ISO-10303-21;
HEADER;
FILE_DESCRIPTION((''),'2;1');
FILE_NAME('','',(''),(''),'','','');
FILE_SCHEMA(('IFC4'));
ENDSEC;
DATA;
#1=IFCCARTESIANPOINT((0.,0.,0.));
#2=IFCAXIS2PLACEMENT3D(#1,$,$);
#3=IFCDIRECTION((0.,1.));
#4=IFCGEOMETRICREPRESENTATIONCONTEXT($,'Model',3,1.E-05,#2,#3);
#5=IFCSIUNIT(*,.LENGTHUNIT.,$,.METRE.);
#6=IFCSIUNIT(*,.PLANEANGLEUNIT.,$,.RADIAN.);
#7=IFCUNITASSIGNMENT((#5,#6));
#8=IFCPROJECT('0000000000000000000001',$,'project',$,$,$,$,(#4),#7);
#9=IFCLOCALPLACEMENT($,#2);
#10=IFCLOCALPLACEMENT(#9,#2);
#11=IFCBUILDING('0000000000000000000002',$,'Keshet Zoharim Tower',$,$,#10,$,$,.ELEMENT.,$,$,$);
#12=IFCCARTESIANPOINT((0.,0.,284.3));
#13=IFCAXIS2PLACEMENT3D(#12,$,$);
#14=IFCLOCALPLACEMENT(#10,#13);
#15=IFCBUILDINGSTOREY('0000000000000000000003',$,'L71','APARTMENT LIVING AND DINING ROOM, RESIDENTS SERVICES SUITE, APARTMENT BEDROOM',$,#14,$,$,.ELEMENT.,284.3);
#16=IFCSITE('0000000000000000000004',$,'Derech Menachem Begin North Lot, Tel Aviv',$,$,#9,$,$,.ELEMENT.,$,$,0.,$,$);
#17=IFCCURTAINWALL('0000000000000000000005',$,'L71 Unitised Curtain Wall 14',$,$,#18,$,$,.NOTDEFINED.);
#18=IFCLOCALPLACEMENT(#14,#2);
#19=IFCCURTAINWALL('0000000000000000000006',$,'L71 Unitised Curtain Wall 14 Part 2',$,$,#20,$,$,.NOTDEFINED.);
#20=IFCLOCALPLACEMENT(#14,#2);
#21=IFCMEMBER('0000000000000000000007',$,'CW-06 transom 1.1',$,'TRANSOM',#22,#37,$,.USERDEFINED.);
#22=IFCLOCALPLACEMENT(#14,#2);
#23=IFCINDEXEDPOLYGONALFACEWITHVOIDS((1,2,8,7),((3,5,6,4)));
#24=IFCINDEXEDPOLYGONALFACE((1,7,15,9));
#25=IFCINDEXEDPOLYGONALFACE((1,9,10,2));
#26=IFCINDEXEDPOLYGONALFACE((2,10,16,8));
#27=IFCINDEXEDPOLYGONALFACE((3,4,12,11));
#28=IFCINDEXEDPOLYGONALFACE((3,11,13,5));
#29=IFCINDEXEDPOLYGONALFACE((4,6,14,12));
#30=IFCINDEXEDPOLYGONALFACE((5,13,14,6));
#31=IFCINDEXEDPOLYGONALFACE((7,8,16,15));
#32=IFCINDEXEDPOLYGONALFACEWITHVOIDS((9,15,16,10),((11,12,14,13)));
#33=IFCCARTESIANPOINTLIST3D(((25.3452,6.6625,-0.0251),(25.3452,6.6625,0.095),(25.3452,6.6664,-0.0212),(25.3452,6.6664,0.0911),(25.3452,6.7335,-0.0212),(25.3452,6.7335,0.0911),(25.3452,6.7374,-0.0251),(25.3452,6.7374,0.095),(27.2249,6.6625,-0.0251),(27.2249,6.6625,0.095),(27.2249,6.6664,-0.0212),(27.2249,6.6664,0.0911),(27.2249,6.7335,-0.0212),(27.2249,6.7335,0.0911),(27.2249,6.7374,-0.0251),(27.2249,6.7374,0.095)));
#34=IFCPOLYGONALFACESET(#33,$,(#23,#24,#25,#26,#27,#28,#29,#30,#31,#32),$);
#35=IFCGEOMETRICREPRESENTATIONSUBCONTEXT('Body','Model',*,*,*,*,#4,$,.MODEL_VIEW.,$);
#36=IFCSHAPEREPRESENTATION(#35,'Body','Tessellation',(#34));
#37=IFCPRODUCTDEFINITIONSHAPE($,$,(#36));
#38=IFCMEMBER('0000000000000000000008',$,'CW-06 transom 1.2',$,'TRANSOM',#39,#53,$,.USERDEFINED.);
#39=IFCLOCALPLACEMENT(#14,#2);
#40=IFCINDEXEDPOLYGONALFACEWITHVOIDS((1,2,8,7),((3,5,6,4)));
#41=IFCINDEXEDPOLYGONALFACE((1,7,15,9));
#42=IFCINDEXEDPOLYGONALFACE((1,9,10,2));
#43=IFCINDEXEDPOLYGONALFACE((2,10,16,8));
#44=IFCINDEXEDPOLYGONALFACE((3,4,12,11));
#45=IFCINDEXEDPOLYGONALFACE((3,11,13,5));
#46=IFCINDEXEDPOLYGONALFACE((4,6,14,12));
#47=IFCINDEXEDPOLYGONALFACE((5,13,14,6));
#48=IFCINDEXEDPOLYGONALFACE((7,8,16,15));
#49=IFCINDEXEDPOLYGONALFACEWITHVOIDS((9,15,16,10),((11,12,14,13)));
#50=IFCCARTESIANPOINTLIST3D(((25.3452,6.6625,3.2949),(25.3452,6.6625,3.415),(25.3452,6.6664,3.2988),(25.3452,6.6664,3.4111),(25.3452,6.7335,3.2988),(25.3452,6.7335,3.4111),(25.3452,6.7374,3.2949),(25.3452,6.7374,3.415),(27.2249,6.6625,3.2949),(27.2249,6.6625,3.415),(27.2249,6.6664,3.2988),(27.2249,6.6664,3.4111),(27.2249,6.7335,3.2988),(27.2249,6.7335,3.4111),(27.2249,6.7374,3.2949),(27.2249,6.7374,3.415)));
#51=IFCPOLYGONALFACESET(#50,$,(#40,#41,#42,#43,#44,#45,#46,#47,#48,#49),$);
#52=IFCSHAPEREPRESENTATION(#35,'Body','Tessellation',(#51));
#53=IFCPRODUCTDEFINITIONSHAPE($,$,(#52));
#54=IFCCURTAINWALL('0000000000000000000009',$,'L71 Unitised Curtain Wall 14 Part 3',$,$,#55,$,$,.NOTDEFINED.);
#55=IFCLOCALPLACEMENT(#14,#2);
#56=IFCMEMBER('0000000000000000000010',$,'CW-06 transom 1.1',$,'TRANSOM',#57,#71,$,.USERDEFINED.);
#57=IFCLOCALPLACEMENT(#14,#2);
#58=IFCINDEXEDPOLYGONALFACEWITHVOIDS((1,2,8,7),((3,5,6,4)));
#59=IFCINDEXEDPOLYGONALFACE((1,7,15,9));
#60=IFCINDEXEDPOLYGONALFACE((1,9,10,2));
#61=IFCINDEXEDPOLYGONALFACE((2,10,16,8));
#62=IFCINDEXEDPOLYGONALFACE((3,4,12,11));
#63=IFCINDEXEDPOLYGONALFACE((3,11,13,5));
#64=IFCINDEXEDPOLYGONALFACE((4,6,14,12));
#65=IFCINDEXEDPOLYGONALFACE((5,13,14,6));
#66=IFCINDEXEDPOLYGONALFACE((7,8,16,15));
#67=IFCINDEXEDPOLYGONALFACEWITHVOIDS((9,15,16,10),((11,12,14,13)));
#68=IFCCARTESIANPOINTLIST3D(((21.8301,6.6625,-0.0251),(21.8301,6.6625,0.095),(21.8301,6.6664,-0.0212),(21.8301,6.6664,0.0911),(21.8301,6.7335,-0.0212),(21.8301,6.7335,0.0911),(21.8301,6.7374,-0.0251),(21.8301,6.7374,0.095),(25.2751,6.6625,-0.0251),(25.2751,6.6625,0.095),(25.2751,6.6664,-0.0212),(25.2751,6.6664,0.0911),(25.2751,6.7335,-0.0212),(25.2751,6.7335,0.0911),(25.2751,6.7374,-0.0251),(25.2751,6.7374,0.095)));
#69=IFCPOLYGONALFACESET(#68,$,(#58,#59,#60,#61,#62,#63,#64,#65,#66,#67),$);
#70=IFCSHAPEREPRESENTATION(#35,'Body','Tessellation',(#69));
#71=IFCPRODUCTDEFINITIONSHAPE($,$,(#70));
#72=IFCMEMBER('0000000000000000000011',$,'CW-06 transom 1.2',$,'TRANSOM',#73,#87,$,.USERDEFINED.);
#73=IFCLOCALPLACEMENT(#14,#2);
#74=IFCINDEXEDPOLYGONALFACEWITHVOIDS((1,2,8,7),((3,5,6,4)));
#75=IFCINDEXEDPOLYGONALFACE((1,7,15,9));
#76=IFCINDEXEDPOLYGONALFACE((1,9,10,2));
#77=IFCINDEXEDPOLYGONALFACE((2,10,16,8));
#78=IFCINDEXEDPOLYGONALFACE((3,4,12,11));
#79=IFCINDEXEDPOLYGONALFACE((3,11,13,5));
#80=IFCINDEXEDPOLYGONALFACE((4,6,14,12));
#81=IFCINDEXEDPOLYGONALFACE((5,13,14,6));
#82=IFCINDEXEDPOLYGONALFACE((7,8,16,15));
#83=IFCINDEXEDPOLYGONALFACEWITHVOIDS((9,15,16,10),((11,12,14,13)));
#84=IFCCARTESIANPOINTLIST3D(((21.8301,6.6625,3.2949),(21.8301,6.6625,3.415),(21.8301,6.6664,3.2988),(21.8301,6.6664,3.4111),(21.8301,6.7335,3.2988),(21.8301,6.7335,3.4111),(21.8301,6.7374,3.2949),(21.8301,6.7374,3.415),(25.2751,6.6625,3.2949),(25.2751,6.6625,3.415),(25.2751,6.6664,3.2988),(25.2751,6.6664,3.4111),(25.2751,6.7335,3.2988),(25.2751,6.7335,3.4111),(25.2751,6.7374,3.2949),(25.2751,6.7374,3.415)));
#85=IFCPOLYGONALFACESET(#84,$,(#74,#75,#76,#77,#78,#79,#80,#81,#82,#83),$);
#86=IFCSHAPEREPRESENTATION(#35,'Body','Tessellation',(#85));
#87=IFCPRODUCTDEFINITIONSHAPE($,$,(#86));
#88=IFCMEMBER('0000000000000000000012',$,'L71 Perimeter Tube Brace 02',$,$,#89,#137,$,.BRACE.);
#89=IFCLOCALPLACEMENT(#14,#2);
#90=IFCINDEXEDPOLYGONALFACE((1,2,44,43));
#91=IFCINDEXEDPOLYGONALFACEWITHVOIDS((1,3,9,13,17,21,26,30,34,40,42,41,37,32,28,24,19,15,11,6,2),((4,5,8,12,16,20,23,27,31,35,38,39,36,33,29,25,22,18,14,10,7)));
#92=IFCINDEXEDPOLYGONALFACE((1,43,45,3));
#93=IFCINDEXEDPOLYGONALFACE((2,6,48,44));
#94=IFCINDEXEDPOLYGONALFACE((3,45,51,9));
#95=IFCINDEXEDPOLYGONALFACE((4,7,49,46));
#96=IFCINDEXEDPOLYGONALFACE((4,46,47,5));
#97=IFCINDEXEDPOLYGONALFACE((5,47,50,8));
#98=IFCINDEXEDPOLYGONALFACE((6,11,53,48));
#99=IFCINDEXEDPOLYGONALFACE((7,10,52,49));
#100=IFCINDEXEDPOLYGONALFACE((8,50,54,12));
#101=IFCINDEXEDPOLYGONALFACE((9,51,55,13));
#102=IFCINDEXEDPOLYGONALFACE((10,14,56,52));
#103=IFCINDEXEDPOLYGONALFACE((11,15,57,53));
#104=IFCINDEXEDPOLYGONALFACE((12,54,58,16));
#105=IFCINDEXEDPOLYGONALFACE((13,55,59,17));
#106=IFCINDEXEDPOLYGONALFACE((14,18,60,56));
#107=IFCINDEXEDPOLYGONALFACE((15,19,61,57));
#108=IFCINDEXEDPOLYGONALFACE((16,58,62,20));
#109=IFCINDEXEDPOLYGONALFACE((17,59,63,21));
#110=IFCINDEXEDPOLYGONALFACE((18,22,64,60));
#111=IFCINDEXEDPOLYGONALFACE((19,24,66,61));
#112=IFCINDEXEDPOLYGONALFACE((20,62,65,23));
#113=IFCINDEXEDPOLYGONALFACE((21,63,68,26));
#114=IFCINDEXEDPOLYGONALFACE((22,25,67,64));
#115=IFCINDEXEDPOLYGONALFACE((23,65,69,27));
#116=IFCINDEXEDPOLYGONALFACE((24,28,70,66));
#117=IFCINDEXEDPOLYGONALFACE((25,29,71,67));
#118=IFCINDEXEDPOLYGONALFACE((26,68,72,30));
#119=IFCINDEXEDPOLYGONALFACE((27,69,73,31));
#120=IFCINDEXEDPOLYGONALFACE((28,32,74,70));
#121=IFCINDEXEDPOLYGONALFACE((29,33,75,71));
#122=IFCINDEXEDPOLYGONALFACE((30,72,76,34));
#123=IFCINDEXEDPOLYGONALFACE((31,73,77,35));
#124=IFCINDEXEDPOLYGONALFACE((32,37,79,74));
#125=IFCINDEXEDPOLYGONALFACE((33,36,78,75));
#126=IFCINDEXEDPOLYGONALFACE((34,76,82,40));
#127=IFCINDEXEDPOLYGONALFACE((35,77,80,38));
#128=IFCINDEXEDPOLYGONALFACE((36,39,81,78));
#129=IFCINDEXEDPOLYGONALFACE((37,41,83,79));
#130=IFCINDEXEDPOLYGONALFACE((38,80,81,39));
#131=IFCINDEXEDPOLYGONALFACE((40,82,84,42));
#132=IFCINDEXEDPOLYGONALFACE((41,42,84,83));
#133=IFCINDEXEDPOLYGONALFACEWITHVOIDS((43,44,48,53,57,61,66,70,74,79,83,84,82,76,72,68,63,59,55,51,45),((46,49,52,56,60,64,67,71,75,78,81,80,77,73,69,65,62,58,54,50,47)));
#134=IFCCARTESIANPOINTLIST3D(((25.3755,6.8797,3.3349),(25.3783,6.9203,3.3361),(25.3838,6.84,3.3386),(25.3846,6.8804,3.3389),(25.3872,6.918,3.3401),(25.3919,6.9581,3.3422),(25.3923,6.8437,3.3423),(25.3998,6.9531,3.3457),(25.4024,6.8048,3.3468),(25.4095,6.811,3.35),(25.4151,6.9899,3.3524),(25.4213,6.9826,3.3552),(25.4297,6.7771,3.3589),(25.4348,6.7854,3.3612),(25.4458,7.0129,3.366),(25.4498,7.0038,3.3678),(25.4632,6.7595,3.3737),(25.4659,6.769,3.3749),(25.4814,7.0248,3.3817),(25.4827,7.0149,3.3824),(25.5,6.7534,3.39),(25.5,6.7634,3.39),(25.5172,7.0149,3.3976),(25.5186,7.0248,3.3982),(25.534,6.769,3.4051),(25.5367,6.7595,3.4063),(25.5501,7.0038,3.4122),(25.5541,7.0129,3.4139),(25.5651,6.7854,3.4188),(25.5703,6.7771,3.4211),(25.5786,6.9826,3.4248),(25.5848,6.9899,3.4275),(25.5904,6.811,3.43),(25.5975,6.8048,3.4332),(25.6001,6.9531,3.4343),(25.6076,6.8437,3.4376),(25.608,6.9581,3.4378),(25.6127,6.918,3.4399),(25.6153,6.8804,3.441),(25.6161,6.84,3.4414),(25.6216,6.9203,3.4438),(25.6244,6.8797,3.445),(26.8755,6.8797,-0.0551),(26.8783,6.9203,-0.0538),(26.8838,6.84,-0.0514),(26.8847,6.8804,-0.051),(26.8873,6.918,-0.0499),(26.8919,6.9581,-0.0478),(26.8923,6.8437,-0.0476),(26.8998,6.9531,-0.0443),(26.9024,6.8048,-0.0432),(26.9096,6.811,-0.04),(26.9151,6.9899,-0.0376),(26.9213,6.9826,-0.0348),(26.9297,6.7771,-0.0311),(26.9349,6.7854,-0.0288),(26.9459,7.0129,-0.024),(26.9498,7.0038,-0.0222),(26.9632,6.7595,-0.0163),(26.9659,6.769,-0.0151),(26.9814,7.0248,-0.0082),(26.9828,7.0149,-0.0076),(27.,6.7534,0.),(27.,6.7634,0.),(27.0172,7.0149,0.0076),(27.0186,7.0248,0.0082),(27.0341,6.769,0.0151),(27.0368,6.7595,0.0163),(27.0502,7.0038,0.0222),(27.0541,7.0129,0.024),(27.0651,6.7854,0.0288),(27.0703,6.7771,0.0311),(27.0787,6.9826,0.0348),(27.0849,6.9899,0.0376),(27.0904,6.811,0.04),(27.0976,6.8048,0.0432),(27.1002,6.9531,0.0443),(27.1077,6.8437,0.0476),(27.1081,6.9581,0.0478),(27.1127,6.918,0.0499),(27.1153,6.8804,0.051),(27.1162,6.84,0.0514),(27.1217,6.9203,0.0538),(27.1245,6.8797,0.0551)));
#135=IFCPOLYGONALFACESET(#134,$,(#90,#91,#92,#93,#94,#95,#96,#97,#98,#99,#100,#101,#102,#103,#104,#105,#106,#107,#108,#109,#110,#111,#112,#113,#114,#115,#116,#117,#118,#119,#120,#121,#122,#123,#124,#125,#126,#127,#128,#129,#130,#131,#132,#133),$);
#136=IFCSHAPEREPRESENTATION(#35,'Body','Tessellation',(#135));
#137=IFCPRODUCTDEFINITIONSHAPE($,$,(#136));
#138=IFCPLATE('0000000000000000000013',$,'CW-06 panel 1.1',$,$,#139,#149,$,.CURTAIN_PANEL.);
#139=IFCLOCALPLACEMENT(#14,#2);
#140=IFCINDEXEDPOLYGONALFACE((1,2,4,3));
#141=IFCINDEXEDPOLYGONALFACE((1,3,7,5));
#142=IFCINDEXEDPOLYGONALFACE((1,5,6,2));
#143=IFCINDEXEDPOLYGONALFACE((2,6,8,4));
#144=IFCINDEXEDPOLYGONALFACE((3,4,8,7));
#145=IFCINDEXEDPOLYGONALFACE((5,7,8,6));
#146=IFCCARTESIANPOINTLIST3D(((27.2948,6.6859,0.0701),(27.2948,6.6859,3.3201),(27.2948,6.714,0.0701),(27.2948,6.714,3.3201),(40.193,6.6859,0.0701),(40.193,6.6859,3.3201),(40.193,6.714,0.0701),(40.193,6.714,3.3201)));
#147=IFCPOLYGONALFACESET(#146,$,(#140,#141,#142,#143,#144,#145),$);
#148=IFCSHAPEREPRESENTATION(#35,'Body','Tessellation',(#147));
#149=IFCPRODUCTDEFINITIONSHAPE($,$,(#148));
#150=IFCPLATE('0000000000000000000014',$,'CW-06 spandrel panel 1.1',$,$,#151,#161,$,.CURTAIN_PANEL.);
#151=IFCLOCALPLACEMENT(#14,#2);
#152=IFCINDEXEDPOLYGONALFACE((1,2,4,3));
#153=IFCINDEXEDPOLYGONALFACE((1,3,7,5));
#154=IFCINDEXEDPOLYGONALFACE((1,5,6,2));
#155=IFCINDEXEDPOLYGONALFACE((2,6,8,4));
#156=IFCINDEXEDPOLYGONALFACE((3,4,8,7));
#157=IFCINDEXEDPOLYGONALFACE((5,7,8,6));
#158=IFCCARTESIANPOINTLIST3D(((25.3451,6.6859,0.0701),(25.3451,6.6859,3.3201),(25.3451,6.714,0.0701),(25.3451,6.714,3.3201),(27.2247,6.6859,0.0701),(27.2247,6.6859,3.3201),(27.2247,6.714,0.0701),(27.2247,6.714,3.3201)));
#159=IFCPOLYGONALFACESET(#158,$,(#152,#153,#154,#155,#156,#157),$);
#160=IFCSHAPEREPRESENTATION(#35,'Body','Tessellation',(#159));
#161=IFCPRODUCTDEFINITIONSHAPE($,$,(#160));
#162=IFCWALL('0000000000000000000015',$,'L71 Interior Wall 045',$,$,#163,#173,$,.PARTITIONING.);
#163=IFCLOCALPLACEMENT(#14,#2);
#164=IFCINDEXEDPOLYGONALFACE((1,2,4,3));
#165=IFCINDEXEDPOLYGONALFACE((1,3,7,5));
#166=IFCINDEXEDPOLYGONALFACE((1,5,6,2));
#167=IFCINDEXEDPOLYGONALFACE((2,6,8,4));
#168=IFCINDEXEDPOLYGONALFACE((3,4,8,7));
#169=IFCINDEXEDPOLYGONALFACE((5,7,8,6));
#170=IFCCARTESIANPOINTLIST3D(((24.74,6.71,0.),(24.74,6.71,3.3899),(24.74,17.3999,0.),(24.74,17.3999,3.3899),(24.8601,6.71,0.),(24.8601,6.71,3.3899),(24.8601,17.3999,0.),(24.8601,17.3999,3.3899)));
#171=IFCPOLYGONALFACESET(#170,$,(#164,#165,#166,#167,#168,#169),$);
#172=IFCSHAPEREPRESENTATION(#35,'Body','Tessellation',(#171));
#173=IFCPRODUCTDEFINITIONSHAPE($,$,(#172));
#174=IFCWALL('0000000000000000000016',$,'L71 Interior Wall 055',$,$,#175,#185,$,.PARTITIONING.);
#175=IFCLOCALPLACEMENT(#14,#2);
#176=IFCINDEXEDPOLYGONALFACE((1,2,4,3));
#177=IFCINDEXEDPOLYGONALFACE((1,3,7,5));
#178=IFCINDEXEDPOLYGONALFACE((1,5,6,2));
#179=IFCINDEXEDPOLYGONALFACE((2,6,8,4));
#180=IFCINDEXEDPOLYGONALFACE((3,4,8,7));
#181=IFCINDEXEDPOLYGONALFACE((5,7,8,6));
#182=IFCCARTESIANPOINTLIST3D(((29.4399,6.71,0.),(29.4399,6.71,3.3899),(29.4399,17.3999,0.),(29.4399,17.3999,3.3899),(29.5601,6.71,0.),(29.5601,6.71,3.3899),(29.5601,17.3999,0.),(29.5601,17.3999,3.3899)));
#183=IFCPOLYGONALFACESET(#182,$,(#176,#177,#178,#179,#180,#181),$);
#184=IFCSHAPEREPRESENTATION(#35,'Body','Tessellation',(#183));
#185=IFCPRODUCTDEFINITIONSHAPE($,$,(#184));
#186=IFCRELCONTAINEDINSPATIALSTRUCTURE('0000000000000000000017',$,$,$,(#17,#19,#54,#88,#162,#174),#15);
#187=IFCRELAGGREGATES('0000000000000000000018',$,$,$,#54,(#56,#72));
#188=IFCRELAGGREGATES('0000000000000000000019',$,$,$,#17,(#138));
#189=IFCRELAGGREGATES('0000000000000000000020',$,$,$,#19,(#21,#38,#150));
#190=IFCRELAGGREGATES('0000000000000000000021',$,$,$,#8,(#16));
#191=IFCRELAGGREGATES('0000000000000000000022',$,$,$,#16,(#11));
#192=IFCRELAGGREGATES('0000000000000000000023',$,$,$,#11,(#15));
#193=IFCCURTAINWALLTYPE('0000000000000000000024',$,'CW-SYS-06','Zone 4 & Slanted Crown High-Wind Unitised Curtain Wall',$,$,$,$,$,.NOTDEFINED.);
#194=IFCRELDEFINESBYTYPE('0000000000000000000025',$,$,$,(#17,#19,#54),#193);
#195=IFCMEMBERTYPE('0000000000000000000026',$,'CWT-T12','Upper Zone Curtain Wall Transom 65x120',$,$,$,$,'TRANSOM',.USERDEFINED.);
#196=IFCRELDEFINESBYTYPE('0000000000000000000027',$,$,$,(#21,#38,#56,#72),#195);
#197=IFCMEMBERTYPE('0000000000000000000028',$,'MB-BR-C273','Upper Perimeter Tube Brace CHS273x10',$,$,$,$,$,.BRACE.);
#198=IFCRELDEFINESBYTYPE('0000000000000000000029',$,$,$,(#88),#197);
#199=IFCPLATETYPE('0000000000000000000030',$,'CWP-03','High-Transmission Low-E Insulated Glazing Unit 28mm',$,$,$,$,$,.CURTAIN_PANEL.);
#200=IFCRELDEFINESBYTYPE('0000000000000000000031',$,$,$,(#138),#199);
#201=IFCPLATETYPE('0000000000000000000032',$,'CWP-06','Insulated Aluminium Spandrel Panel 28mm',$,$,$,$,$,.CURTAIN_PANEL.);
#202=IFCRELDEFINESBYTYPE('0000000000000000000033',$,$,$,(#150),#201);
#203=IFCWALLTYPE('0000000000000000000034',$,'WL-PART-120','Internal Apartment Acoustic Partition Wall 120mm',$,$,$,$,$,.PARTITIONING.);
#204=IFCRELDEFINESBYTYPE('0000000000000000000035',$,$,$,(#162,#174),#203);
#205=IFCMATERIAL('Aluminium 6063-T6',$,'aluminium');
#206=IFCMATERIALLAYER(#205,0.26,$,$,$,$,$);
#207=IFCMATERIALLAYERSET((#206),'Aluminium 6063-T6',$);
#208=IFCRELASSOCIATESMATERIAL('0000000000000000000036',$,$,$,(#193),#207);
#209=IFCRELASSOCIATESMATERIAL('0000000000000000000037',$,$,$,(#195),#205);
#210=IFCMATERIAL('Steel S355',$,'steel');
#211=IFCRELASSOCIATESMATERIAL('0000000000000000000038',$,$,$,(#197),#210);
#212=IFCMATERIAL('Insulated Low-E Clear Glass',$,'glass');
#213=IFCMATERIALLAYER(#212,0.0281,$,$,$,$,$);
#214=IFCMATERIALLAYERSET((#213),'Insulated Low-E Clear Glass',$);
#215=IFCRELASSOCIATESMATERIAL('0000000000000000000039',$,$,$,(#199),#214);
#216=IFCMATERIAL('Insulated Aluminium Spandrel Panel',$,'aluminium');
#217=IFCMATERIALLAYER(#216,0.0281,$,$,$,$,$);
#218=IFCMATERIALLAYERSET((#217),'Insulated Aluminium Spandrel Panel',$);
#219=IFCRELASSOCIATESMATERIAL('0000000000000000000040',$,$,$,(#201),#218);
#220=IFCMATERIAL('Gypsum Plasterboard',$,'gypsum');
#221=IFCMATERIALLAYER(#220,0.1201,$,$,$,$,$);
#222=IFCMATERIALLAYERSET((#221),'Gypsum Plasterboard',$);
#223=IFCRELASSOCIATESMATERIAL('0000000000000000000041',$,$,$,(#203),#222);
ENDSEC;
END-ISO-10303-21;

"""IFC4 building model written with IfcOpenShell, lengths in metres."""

from ifc_helpers import new_model, si_unit, direction, frame, frame_2d, origin, origin_2d, place, context, subcontext, project, spatial, rectangle, hollow_rectangle, hollow_circle, extrude, material, layer, layer_set, material_profile, profile_set, type_object, element, aggregate, save


model = new_model("IFC4")

# Units and contexts
model_context = context("Model", 3, precision=1e-05, world=origin(), true_north=direction((0.0, 1.0)))
body_context = subcontext(model_context, "Body", "Model", "MODEL_VIEW")
ifc_project = project(units=[si_unit("LENGTHUNIT", "METRE"), si_unit("PLANEANGLEUNIT", "RADIAN")], contexts=[model_context])

# Site, building, storey
site_placement = place(None, origin())
site = spatial("IfcSite", under=ifc_project, at=site_placement, Name="Derech Menachem Begin North Lot, Tel Aviv", CompositionType="ELEMENT", RefElevation=0.0)
building_placement = place(site_placement, origin())
building = spatial("IfcBuilding", under=site, at=building_placement, Name="Keshet Zoharim Tower", CompositionType="ELEMENT")
storey_placement = place(building_placement, frame((0.0, 0.0, 284.3)))
storey = spatial("IfcBuildingStorey", under=building, at=storey_placement, Name="L71", Description="APARTMENT LIVING AND DINING ROOM, RESIDENTS SERVICES SUITE, APARTMENT BEDROOM", CompositionType="ELEMENT", Elevation=284.3)

# Shared definitions
ifc_material_1 = material(Name="Steel S355", Category="steel")

# Curtain wall
ifc_material_2 = material(Name="Aluminium 6063-T6", Category="aluminium")
ifc_layer_1 = layer(ifc_material_2, 0.26)
ifc_layer_set_1 = layer_set([ifc_layer_1], Name="Aluminium 6063-T6")
curtain_wall_type = type_object("IfcCurtainWallType", Name="CW-SYS-06", Description="Zone 4 & Slanted Crown High-Wind Unitised Curtain Wall", PredefinedType="NOTDEFINED", material=ifc_layer_set_1)
curtain_wall_1_placement = place(storey_placement, origin())
curtain_wall_1 = element("IfcCurtainWall", 1, at=curtain_wall_1_placement, inside=storey, type_object=curtain_wall_type, Name="L71 Unitised Curtain Wall 14", PredefinedType="NOTDEFINED")

# Curtain walls, members
curtain_wall_2_placement = place(storey_placement, origin())
curtain_wall_2 = element("IfcCurtainWall", 2, at=curtain_wall_2_placement, inside=storey, type_object=curtain_wall_type, Name="L71 Unitised Curtain Wall 14 Part 2", PredefinedType="NOTDEFINED")
ifc_material_profile_1 = material_profile(ifc_material_2, hollow_rectangle(XDim=0.075, YDim=0.1201, WallThickness=0.0039, at=origin_2d()), Name="TRN-75x120")
ifc_profile_set_1 = profile_set([ifc_material_profile_1], Name="Aluminium 6063-T6")
member_type_1 = type_object("IfcMemberType", Name="CWT-T12", Description="Upper Zone Curtain Wall Transom 65x120", ElementType="TRANSOM", PredefinedType="USERDEFINED", material=ifc_profile_set_1)
member_1_placement = place(storey_placement, frame((27.2249, 6.7, 0.0349), z_axis=(-1.0, 0.0, 0.0), x_axis=(0.0, -1.0, 0.0)))
member_1 = element("IfcMember", 3, at=member_1_placement, type_object=member_type_1, Name="CW-06 transom 1.1", ObjectType="TRANSOM", PredefinedType="USERDEFINED", context=body_context, shape_type="SweptSolid", body=[
    extrude(hollow_rectangle(XDim=0.075, YDim=0.1201, WallThickness=0.0039, at=origin_2d()), origin(), (0.0, 0.0, 1.0), 1.8796),
])
member_2_placement = place(storey_placement, frame((27.2249, 6.7, 3.355), z_axis=(-1.0, 0.0, 0.0), x_axis=(0.0, -1.0, 0.0)))
member_2 = element("IfcMember", 4, at=member_2_placement, type_object=member_type_1, Name="CW-06 transom 1.2", ObjectType="TRANSOM", PredefinedType="USERDEFINED", context=body_context, shape_type="SweptSolid", body=[
    extrude(hollow_rectangle(XDim=0.075, YDim=0.1201, WallThickness=0.0039, at=origin_2d()), origin(), (0.0, 0.0, 1.0), 1.8796),
])
curtain_wall_3_placement = place(storey_placement, origin())
curtain_wall_3 = element("IfcCurtainWall", 5, at=curtain_wall_3_placement, inside=storey, type_object=curtain_wall_type, Name="L71 Unitised Curtain Wall 14 Part 3", PredefinedType="NOTDEFINED")
member_3_placement = place(storey_placement, frame((25.2751, 6.7, 0.0349), z_axis=(-1.0, 0.0, 0.0), x_axis=(0.0, -1.0, 0.0)))
member_3 = element("IfcMember", 6, at=member_3_placement, type_object=member_type_1, Name="CW-06 transom 1.1", ObjectType="TRANSOM", PredefinedType="USERDEFINED", context=body_context, shape_type="SweptSolid", body=[
    extrude(hollow_rectangle(XDim=0.075, YDim=0.1201, WallThickness=0.0039, at=origin_2d()), origin(), (0.0, 0.0, 1.0), 3.4451),
])
member_4_placement = place(storey_placement, frame((25.2751, 6.7, 3.355), z_axis=(-1.0, 0.0, 0.0), x_axis=(0.0, -1.0, 0.0)))
member_4 = element("IfcMember", 7, at=member_4_placement, type_object=member_type_1, Name="CW-06 transom 1.2", ObjectType="TRANSOM", PredefinedType="USERDEFINED", context=body_context, shape_type="SweptSolid", body=[
    extrude(hollow_rectangle(XDim=0.075, YDim=0.1201, WallThickness=0.0039, at=origin_2d()), origin(), (0.0, 0.0, 1.0), 3.4451),
])
aggregate(curtain_wall_3, [member_3, member_4])

# Member
ifc_material_profile_2 = material_profile(ifc_material_1, hollow_circle(Radius=0.1365, WallThickness=0.01, at=origin_2d()), Name="CHS273x10")
ifc_profile_set_2 = profile_set([ifc_material_profile_2], Name="Steel S355")
member_type_2 = type_object("IfcMemberType", Name="MB-BR-C273", Description="Upper Perimeter Tube Brace CHS273x10", PredefinedType="BRACE", material=ifc_profile_set_2)
member_5_placement = place(storey_placement, frame((27.0, 6.8899, 0.0), z_axis=(-0.404647, 0.0, 0.914473), x_axis=(0.0, -1.0, 0.0)))
element("IfcMember", 8, at=member_5_placement, inside=storey, type_object=member_type_2, Name="L71 Perimeter Tube Brace 02", PredefinedType="BRACE", context=body_context, shape_type="SweptSolid", body=[
    extrude(hollow_circle(Radius=0.1365, WallThickness=0.01, at=origin_2d()), origin(), (0.0, 0.0, 1.0), 3.707),
])

# Plates
ifc_material_3 = material(Name="Insulated Low-E Clear Glass", Category="glass")
ifc_layer_2 = layer(ifc_material_3, 0.0281)
ifc_layer_set_2 = layer_set([ifc_layer_2], Name="Insulated Low-E Clear Glass")
plate_type_1 = type_object("IfcPlateType", Name="CWP-03", Description="High-Transmission Low-E Insulated Glazing Unit 28mm", PredefinedType="CURTAIN_PANEL", material=ifc_layer_set_2)
plate_1_placement = place(storey_placement, frame((33.7439, 6.7, 0.0701), z_axis=(0.0, 0.0, 1.0), x_axis=(-1.0, 0.0, 0.0)))
plate_1 = element("IfcPlate", 9, at=plate_1_placement, type_object=plate_type_1, Name="CW-06 panel 1.1", PredefinedType="CURTAIN_PANEL", context=body_context, shape_type="SweptSolid", body=[
    extrude(rectangle(XDim=12.8982, YDim=0.0281, at=origin_2d()), origin(), (0.0, 0.0, 1.0), 3.25),
])
aggregate(curtain_wall_1, [plate_1])
ifc_material_4 = material(Name="Insulated Aluminium Spandrel Panel", Category="aluminium")
ifc_layer_3 = layer(ifc_material_4, 0.0281)
ifc_layer_set_3 = layer_set([ifc_layer_3], Name="Insulated Aluminium Spandrel Panel")
plate_type_2 = type_object("IfcPlateType", Name="CWP-06", Description="Insulated Aluminium Spandrel Panel 28mm", PredefinedType="CURTAIN_PANEL", material=ifc_layer_set_3)
plate_2_placement = place(storey_placement, frame((26.2849, 6.7, 0.0701), z_axis=(0.0, 0.0, 1.0), x_axis=(-1.0, 0.0, 0.0)))
plate_2 = element("IfcPlate", 10, at=plate_2_placement, type_object=plate_type_2, Name="CW-06 spandrel panel 1.1", PredefinedType="CURTAIN_PANEL", context=body_context, shape_type="SweptSolid", body=[
    extrude(rectangle(XDim=1.8796, YDim=0.0281, at=origin_2d()), origin(), (0.0, 0.0, 1.0), 3.25),
])
aggregate(curtain_wall_2, [member_1, member_2, plate_2])

# Walls
ifc_material_5 = material(Name="Gypsum Plasterboard", Category="gypsum")
ifc_layer_4 = layer(ifc_material_5, 0.1201)
ifc_layer_set_4 = layer_set([ifc_layer_4], Name="Gypsum Plasterboard")
wall_type_1 = type_object("IfcWallType", Name="WL-PART-120", Description="Internal Apartment Acoustic Partition Wall 120mm", PredefinedType="PARTITIONING", material=ifc_layer_set_4)
for number, where, z_axis, x_axis, name in (
    (11, (24.8, 6.71, 0.0), (0.0, 0.0, 1.0), (0.0, 1.0, 0.0), "L71 Interior Wall 045"),
    (12, (29.5, 6.71, 0.0), (0.0, 0.0, 1.0), (0.0, 1.0, 0.0), "L71 Interior Wall 055"),
):
    element("IfcWall", number, at=place(storey_placement, frame(where, z_axis=z_axis, x_axis=x_axis)), inside=storey, type_object=wall_type_1, Name=name, PredefinedType="PARTITIONING", context=body_context, shape_type="SweptSolid", body=[
        extrude(rectangle(XDim=10.6899, YDim=0.1201, at=frame_2d((5.345, 0.0))), origin(), (0.0, 0.0, 1.0), 3.3899),
    ])

save(model, "model.ifc")
